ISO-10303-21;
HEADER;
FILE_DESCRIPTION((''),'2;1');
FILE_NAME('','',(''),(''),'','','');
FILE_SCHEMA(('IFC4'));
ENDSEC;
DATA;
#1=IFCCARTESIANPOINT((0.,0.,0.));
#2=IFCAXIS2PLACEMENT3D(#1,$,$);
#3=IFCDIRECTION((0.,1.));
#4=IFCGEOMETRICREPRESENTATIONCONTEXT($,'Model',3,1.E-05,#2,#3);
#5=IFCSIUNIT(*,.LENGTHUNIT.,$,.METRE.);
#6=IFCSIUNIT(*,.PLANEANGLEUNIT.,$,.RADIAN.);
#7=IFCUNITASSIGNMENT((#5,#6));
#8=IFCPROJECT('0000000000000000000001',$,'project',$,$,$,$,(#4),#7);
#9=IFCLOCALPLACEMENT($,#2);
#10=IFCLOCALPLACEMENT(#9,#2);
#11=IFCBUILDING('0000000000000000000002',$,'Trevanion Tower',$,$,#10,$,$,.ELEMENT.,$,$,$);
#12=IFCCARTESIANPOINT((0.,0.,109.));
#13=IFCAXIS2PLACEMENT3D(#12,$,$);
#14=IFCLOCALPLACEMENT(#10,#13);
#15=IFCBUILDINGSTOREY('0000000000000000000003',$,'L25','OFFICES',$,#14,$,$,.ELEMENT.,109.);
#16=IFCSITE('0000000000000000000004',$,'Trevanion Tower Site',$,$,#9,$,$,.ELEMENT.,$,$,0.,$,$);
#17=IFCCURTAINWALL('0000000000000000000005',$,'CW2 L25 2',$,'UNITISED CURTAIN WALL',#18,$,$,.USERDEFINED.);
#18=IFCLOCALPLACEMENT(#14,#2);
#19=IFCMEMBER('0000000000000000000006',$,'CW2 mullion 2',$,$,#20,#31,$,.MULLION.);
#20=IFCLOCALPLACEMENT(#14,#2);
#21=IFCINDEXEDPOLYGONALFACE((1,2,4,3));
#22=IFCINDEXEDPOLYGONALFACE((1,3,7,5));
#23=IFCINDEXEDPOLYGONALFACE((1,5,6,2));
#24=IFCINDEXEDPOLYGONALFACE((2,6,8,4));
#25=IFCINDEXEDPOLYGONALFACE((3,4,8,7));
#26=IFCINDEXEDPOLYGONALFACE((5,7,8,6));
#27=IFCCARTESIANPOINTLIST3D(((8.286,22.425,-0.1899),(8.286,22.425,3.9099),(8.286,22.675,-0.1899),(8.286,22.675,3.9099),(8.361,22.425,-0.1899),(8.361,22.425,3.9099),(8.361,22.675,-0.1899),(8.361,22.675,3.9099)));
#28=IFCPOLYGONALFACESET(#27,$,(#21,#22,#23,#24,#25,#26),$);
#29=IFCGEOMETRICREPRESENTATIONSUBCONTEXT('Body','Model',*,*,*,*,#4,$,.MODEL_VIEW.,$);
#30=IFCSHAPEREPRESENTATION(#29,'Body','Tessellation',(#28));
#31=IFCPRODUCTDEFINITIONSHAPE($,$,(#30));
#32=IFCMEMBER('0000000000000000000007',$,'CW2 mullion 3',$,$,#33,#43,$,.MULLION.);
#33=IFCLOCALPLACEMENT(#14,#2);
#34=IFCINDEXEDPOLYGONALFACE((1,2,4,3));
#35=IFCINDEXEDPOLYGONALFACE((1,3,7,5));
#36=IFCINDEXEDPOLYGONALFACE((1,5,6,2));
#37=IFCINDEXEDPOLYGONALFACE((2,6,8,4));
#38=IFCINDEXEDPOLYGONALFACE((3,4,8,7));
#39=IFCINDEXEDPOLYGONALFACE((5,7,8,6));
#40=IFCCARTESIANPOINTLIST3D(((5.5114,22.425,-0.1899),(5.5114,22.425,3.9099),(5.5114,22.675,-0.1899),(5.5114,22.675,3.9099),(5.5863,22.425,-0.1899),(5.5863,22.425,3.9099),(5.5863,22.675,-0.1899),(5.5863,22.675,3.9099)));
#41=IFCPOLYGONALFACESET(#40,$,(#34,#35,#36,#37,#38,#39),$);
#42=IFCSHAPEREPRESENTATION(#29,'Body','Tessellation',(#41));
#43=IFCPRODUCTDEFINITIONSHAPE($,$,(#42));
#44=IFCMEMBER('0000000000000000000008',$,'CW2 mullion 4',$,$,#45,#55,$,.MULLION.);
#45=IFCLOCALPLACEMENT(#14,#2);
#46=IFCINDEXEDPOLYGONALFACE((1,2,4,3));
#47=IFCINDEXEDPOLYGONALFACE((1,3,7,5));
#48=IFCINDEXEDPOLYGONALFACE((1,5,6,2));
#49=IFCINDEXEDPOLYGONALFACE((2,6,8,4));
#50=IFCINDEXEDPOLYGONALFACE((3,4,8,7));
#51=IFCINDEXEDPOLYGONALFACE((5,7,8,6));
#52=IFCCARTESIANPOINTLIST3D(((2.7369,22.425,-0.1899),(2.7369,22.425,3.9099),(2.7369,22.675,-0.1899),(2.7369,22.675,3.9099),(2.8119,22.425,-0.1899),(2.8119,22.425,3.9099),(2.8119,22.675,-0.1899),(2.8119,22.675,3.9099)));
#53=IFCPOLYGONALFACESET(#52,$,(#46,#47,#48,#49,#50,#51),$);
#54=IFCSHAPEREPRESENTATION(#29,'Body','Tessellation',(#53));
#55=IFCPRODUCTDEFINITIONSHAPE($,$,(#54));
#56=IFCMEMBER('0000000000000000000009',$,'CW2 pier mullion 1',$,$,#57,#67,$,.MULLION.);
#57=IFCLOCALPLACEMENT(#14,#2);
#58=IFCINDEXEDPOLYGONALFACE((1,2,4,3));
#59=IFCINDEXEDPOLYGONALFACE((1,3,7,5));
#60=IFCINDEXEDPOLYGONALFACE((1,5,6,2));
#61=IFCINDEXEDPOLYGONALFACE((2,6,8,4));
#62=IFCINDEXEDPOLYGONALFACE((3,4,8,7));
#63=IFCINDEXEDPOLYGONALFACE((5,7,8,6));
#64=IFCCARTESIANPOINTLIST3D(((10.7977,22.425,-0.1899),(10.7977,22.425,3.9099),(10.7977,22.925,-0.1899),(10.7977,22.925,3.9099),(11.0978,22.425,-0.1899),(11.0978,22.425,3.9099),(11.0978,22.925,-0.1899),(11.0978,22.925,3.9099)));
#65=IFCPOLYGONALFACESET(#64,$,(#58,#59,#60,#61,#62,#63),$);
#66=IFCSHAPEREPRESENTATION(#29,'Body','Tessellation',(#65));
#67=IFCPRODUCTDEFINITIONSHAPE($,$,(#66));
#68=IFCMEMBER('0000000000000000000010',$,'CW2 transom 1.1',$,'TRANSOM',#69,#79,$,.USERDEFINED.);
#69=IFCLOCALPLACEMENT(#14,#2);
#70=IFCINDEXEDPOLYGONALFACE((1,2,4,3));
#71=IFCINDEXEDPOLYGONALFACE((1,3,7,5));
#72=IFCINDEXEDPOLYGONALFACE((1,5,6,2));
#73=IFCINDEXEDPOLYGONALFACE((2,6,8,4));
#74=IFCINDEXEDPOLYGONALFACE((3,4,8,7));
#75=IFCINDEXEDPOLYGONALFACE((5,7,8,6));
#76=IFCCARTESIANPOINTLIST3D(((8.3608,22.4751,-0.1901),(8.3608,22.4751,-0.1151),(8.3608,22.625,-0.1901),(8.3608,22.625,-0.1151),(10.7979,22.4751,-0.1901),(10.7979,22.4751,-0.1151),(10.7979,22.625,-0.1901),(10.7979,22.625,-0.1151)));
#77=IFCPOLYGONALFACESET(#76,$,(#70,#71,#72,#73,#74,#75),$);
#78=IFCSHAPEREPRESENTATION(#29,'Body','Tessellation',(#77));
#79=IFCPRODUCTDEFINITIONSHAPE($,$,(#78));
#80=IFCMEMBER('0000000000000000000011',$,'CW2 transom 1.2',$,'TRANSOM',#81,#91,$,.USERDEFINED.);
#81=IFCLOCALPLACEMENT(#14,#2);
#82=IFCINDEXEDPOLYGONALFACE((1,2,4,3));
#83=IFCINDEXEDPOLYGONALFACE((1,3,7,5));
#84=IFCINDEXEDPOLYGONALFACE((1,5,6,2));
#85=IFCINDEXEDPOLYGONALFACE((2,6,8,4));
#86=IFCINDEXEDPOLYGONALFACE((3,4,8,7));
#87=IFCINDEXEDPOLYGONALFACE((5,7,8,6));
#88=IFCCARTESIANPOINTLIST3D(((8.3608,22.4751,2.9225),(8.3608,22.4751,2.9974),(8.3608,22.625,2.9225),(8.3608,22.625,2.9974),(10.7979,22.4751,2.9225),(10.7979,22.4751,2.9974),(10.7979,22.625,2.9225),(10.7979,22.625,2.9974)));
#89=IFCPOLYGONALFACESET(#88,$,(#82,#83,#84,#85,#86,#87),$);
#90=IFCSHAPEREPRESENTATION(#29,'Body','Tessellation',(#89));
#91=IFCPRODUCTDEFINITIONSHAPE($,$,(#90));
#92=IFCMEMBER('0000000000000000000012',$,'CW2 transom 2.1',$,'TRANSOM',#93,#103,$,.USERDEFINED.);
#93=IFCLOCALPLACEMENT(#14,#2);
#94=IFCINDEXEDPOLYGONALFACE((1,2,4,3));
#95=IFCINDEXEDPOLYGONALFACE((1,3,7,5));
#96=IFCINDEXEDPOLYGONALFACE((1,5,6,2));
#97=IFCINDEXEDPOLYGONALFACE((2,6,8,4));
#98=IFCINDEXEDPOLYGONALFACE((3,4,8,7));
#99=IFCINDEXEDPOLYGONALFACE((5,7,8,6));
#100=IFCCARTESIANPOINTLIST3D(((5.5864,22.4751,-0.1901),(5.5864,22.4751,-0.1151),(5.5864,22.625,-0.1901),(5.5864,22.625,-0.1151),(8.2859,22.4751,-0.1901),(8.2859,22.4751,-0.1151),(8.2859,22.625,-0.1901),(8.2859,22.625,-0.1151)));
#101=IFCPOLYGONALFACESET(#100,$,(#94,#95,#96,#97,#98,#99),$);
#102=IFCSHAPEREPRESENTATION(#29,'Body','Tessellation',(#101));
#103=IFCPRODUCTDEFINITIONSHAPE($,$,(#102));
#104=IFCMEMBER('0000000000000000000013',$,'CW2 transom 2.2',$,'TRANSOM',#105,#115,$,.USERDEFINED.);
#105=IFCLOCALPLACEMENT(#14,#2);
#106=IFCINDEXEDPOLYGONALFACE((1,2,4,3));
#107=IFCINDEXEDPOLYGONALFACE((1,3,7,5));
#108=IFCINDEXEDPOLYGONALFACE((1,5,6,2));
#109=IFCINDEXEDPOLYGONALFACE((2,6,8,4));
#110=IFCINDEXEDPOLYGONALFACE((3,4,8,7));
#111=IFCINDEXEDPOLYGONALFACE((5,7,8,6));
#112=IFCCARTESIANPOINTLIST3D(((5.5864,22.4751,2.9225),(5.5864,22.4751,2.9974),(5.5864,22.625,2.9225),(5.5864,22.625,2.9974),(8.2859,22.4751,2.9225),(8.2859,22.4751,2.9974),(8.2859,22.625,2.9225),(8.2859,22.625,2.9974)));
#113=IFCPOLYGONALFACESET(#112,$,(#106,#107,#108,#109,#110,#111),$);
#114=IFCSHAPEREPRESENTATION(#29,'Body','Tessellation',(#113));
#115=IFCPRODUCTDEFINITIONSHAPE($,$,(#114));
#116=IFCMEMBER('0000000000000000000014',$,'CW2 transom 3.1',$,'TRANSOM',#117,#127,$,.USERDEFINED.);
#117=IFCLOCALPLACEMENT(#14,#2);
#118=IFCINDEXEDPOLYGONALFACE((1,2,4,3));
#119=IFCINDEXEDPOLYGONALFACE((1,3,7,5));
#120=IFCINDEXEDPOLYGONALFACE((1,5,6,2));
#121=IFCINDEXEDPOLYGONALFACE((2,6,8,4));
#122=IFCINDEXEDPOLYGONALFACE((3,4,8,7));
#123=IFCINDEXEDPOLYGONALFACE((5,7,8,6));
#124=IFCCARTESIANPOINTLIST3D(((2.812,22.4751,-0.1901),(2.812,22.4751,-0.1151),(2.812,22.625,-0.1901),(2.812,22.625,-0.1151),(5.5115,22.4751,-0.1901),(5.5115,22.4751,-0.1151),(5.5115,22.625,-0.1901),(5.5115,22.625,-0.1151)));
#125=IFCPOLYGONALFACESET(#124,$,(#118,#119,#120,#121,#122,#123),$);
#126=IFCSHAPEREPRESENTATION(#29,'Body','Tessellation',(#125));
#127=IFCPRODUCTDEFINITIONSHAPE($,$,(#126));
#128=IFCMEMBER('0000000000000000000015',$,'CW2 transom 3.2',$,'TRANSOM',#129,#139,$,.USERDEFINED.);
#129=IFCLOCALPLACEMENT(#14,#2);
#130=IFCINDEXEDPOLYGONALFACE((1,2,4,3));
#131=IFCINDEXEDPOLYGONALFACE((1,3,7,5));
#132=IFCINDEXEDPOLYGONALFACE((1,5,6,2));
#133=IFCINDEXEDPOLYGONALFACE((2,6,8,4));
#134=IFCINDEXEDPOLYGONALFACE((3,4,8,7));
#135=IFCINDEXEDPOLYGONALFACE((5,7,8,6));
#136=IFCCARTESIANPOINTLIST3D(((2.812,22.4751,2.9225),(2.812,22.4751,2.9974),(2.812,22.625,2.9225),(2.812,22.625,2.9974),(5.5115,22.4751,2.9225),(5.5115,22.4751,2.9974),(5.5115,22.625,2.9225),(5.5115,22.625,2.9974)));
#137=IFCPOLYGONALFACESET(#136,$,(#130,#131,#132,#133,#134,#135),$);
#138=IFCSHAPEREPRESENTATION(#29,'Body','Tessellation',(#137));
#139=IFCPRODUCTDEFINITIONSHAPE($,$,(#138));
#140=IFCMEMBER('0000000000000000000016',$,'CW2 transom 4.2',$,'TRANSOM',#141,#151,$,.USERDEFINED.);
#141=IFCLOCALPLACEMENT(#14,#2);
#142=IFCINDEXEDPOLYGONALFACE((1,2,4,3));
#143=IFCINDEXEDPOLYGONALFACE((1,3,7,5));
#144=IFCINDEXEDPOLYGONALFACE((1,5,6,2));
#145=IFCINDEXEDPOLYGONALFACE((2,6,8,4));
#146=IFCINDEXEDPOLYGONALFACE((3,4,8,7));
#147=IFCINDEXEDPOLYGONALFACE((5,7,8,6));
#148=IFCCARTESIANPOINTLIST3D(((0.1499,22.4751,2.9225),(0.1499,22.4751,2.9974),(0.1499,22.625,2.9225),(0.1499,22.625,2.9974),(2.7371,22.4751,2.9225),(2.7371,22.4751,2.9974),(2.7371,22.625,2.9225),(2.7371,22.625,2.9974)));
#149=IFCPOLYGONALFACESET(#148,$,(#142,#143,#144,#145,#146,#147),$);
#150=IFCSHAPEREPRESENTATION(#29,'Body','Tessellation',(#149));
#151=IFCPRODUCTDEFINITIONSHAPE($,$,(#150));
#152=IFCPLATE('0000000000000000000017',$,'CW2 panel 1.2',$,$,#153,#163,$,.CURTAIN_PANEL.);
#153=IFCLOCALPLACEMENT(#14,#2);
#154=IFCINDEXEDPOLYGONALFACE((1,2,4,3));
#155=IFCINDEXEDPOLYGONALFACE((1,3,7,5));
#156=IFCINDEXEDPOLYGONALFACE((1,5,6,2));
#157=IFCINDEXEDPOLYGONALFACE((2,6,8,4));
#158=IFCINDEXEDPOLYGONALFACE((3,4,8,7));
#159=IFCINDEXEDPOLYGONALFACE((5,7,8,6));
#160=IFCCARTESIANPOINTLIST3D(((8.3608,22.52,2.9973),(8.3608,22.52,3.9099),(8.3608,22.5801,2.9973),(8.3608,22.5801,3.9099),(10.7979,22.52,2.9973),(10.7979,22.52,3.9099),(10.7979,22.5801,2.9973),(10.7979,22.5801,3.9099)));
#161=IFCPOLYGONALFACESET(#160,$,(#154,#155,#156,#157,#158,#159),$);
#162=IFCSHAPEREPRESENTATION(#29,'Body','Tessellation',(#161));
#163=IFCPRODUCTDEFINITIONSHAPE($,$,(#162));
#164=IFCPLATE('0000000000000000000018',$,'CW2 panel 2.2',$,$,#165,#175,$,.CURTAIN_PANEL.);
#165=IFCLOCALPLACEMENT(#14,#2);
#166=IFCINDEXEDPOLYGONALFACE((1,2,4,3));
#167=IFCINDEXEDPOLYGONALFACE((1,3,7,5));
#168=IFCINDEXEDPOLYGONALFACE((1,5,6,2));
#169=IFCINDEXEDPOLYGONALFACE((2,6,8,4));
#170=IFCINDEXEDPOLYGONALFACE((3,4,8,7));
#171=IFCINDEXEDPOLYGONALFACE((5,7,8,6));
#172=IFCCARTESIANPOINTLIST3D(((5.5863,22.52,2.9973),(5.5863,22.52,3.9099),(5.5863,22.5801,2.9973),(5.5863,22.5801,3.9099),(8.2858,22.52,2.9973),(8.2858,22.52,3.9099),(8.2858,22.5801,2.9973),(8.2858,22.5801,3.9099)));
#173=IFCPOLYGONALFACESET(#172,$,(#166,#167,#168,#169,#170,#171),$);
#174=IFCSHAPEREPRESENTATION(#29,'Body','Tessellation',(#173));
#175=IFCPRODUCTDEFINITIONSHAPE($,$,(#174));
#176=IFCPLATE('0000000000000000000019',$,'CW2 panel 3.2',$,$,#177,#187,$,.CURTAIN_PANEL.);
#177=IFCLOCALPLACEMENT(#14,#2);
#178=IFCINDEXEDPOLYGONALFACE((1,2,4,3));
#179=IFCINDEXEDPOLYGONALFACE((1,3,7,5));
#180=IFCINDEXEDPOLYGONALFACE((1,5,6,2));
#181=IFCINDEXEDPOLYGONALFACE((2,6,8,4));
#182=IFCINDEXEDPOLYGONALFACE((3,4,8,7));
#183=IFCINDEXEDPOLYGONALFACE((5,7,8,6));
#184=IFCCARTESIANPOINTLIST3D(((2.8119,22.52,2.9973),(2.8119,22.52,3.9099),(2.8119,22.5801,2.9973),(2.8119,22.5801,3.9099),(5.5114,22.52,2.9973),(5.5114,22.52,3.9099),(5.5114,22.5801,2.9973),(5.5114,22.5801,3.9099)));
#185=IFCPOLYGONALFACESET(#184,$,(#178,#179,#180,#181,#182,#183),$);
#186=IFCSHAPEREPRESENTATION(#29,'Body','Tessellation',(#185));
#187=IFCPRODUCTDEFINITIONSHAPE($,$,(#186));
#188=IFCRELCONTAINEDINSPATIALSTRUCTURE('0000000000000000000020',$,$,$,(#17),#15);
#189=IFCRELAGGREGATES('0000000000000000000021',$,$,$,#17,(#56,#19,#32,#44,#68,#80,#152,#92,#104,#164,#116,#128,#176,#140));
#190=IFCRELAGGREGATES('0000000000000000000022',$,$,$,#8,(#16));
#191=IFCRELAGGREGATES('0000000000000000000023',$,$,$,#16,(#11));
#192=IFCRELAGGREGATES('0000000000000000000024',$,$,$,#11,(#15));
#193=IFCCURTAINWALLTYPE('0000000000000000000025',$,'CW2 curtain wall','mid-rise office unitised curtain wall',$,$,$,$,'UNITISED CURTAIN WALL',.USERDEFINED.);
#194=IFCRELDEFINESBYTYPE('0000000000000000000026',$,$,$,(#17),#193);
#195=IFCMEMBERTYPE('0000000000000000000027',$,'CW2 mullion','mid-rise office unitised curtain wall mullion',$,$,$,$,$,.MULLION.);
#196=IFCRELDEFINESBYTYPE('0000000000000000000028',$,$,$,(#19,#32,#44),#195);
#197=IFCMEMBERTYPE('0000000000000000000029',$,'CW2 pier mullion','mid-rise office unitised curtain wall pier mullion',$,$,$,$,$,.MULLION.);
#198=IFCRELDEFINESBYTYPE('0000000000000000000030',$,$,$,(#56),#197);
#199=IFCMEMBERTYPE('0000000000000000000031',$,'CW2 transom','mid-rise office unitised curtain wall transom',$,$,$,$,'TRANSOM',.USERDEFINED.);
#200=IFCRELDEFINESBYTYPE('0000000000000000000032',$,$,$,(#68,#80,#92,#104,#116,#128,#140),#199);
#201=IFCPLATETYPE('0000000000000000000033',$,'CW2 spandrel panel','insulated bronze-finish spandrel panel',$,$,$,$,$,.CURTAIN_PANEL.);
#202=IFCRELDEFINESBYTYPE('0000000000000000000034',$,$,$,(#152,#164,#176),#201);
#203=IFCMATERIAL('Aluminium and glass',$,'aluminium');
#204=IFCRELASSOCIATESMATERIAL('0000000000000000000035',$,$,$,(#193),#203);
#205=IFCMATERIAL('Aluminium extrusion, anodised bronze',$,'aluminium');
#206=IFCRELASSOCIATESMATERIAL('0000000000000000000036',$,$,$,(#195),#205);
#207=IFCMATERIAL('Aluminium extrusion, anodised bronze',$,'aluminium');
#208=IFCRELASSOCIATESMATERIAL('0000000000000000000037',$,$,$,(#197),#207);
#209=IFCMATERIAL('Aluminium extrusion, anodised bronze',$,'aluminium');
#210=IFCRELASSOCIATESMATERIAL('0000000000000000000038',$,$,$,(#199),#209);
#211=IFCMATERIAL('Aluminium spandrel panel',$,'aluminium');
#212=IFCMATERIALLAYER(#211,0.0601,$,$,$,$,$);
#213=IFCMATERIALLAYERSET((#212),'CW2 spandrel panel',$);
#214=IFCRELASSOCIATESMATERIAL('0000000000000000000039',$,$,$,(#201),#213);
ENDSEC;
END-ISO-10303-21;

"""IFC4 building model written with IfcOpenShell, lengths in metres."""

from ifc_helpers import new_model, si_unit, direction, frame, origin, origin_2d, place, context, subcontext, project, spatial, rectangle, extrude, material, layer, layer_set, material_profile, profile_set, type_object, element, aggregate, save


model = new_model("IFC4")

# Units and contexts
model_context = context("Model", 3, precision=1e-05, world=origin(), true_north=direction((0.0, 1.0)))
body_context = subcontext(model_context, "Body", "Model", "MODEL_VIEW")
ifc_project = project(units=[si_unit("LENGTHUNIT", "METRE"), si_unit("PLANEANGLEUNIT", "RADIAN")], contexts=[model_context])

# Site, building, storey
site_placement = place(None, origin())
site = spatial("IfcSite", under=ifc_project, at=site_placement, Name="Trevanion Tower Site", CompositionType="ELEMENT", RefElevation=0.0)
building_placement = place(site_placement, origin())
building = spatial("IfcBuilding", under=site, at=building_placement, Name="Trevanion Tower", CompositionType="ELEMENT")
storey_placement = place(building_placement, frame((0.0, 0.0, 109.0)))
storey = spatial("IfcBuildingStorey", under=building, at=storey_placement, Name="L25", Description="OFFICES", CompositionType="ELEMENT", Elevation=109.0)

# Curtain wall, members, plates
ifc_material_1 = material(Name="Aluminium and glass", Category="aluminium")
curtain_wall_type = type_object("IfcCurtainWallType", Name="CW2 curtain wall", Description="mid-rise office unitised curtain wall", ElementType="UNITISED CURTAIN WALL", PredefinedType="USERDEFINED", material=ifc_material_1)
curtain_wall_placement = place(storey_placement, origin())
curtain_wall = element("IfcCurtainWall", 1, at=curtain_wall_placement, inside=storey, type_object=curtain_wall_type, Name="CW2 L25 2", ObjectType="UNITISED CURTAIN WALL", PredefinedType="USERDEFINED")
ifc_material_2 = material(Name="Aluminium extrusion, anodised bronze", Category="aluminium")
ifc_material_profile_1 = material_profile(ifc_material_2, rectangle(XDim=0.075, YDim=0.25, at=origin_2d()), Name="CW2 mullion")
ifc_profile_set_1 = profile_set([ifc_material_profile_1], Name="Aluminium extrusion, anodised bronze")
member_type_1 = type_object("IfcMemberType", Name="CW2 mullion", Description="mid-rise office unitised curtain wall mullion", PredefinedType="MULLION", material=ifc_profile_set_1)
member_1_placement = place(storey_placement, frame((8.3235, 22.55, -0.1899), z_axis=(0.0, 0.0, 1.0), x_axis=(-1.0, 0.0, 0.0)))
member_1 = element("IfcMember", 2, at=member_1_placement, type_object=member_type_1, Name="CW2 mullion 2", PredefinedType="MULLION", context=body_context, shape_type="SweptSolid", body=[
    extrude(rectangle(XDim=0.075, YDim=0.25, at=origin_2d()), origin(), (0.0, 0.0, 1.0), 4.0999),
])
member_2_placement = place(storey_placement, frame((5.5488, 22.55, -0.1899), z_axis=(0.0, 0.0, 1.0), x_axis=(-1.0, 0.0, 0.0)))
member_2 = element("IfcMember", 3, at=member_2_placement, type_object=member_type_1, Name="CW2 mullion 3", PredefinedType="MULLION", context=body_context, shape_type="SweptSolid", body=[
    extrude(rectangle(XDim=0.075, YDim=0.25, at=origin_2d()), origin(), (0.0, 0.0, 1.0), 4.0999),
])
member_3_placement = place(storey_placement, frame((2.7744, 22.55, -0.1899), z_axis=(0.0, 0.0, 1.0), x_axis=(-1.0, 0.0, 0.0)))
member_3 = element("IfcMember", 4, at=member_3_placement, type_object=member_type_1, Name="CW2 mullion 4", PredefinedType="MULLION", context=body_context, shape_type="SweptSolid", body=[
    extrude(rectangle(XDim=0.075, YDim=0.25, at=origin_2d()), origin(), (0.0, 0.0, 1.0), 4.0999),
])
ifc_material_3 = material(Name="Aluminium extrusion, anodised bronze", Category="aluminium")
ifc_material_profile_2 = material_profile(ifc_material_3, rectangle(XDim=0.3, YDim=0.5, at=origin_2d()), Name="CW2 pier mullion")
ifc_profile_set_2 = profile_set([ifc_material_profile_2], Name="Aluminium extrusion, anodised bronze")
member_type_2 = type_object("IfcMemberType", Name="CW2 pier mullion", Description="mid-rise office unitised curtain wall pier mullion", PredefinedType="MULLION", material=ifc_profile_set_2)
member_4_placement = place(storey_placement, frame((10.9478, 22.675, -0.1899), z_axis=(0.0, 0.0, 1.0), x_axis=(-1.0, 0.0, 0.0)))
member_4 = element("IfcMember", 5, at=member_4_placement, type_object=member_type_2, Name="CW2 pier mullion 1", PredefinedType="MULLION", context=body_context, shape_type="SweptSolid", body=[
    extrude(rectangle(XDim=0.3, YDim=0.5, at=origin_2d()), origin(), (0.0, 0.0, 1.0), 4.0999),
])
ifc_material_4 = material(Name="Aluminium extrusion, anodised bronze", Category="aluminium")
ifc_material_profile_3 = material_profile(ifc_material_4, rectangle(XDim=0.1499, YDim=0.075, at=origin_2d()), Name="CW2 transom")
ifc_profile_set_3 = profile_set([ifc_material_profile_3], Name="Aluminium extrusion, anodised bronze")
member_type_3 = type_object("IfcMemberType", Name="CW2 transom", Description="mid-rise office unitised curtain wall transom", ElementType="TRANSOM", PredefinedType="USERDEFINED", material=ifc_profile_set_3)
member_5_placement = place(storey_placement, frame((10.7979, 22.55, -0.1526), z_axis=(-1.0, 0.0, 0.0), x_axis=(0.0, -1.0, 0.0)))
member_5 = element("IfcMember", 6, at=member_5_placement, type_object=member_type_3, Name="CW2 transom 1.1", ObjectType="TRANSOM", PredefinedType="USERDEFINED", context=body_context, shape_type="SweptSolid", body=[
    extrude(rectangle(XDim=0.1499, YDim=0.075, at=origin_2d()), origin(), (0.0, 0.0, 1.0), 2.437),
])
member_6_placement = place(storey_placement, frame((10.7979, 22.55, 2.96), z_axis=(-1.0, 0.0, 0.0), x_axis=(0.0, -1.0, 0.0)))
member_6 = element("IfcMember", 7, at=member_6_placement, type_object=member_type_3, Name="CW2 transom 1.2", ObjectType="TRANSOM", PredefinedType="USERDEFINED", context=body_context, shape_type="SweptSolid", body=[
    extrude(rectangle(XDim=0.1499, YDim=0.075, at=origin_2d()), origin(), (0.0, 0.0, 1.0), 2.437),
])
member_7_placement = place(storey_placement, frame((8.2859, 22.55, -0.1526), z_axis=(-1.0, 0.0, 0.0), x_axis=(0.0, -1.0, 0.0)))
member_7 = element("IfcMember", 8, at=member_7_placement, type_object=member_type_3, Name="CW2 transom 2.1", ObjectType="TRANSOM", PredefinedType="USERDEFINED", context=body_context, shape_type="SweptSolid", body=[
    extrude(rectangle(XDim=0.1499, YDim=0.075, at=origin_2d()), origin(), (0.0, 0.0, 1.0), 2.6995),
])
member_8_placement = place(storey_placement, frame((8.2859, 22.55, 2.96), z_axis=(-1.0, 0.0, 0.0), x_axis=(0.0, -1.0, 0.0)))
member_8 = element("IfcMember", 9, at=member_8_placement, type_object=member_type_3, Name="CW2 transom 2.2", ObjectType="TRANSOM", PredefinedType="USERDEFINED", context=body_context, shape_type="SweptSolid", body=[
    extrude(rectangle(XDim=0.1499, YDim=0.075, at=origin_2d()), origin(), (0.0, 0.0, 1.0), 2.6995),
])
member_9_placement = place(storey_placement, frame((5.5115, 22.55, -0.1526), z_axis=(-1.0, 0.0, 0.0), x_axis=(0.0, -1.0, 0.0)))
member_9 = element("IfcMember", 10, at=member_9_placement, type_object=member_type_3, Name="CW2 transom 3.1", ObjectType="TRANSOM", PredefinedType="USERDEFINED", context=body_context, shape_type="SweptSolid", body=[
    extrude(rectangle(XDim=0.1499, YDim=0.075, at=origin_2d()), origin(), (0.0, 0.0, 1.0), 2.6995),
])
member_10_placement = place(storey_placement, frame((5.5115, 22.55, 2.96), z_axis=(-1.0, 0.0, 0.0), x_axis=(0.0, -1.0, 0.0)))
member_10 = element("IfcMember", 11, at=member_10_placement, type_object=member_type_3, Name="CW2 transom 3.2", ObjectType="TRANSOM", PredefinedType="USERDEFINED", context=body_context, shape_type="SweptSolid", body=[
    extrude(rectangle(XDim=0.1499, YDim=0.075, at=origin_2d()), origin(), (0.0, 0.0, 1.0), 2.6995),
])
member_11_placement = place(storey_placement, frame((2.7371, 22.55, 2.96), z_axis=(-1.0, 0.0, 0.0), x_axis=(0.0, -1.0, 0.0)))
member_11 = element("IfcMember", 12, at=member_11_placement, type_object=member_type_3, Name="CW2 transom 4.2", ObjectType="TRANSOM", PredefinedType="USERDEFINED", context=body_context, shape_type="SweptSolid", body=[
    extrude(rectangle(XDim=0.1499, YDim=0.075, at=origin_2d()), origin(), (0.0, 0.0, 1.0), 2.5872),
])
ifc_material_5 = material(Name="Aluminium spandrel panel", Category="aluminium")
ifc_layer_1 = layer(ifc_material_5, 0.0601)
ifc_layer_set_1 = layer_set([ifc_layer_1], Name="CW2 spandrel panel")
plate_type_1 = type_object("IfcPlateType", Name="CW2 spandrel panel", Description="insulated bronze-finish spandrel panel", PredefinedType="CURTAIN_PANEL", material=ifc_layer_set_1)
plate_1_placement = place(storey_placement, frame((9.5793, 22.55, 2.9973), z_axis=(0.0, 0.0, 1.0), x_axis=(-1.0, 0.0, 0.0)))
plate_1 = element("IfcPlate", 13, at=plate_1_placement, type_object=plate_type_1, Name="CW2 panel 1.2", PredefinedType="CURTAIN_PANEL", context=body_context, shape_type="SweptSolid", body=[
    extrude(rectangle(XDim=2.437, YDim=0.0601, at=origin_2d()), origin(), (0.0, 0.0, 1.0), 0.9126),
])
plate_2_placement = place(storey_placement, frame((6.936, 22.55, 2.9973), z_axis=(0.0, 0.0, 1.0), x_axis=(-1.0, 0.0, 0.0)))
plate_2 = element("IfcPlate", 14, at=plate_2_placement, type_object=plate_type_1, Name="CW2 panel 2.2", PredefinedType="CURTAIN_PANEL", context=body_context, shape_type="SweptSolid", body=[
    extrude(rectangle(XDim=2.6995, YDim=0.0601, at=origin_2d()), origin(), (0.0, 0.0, 1.0), 0.9126),
])
plate_3_placement = place(storey_placement, frame((4.1616, 22.55, 2.9973), z_axis=(0.0, 0.0, 1.0), x_axis=(-1.0, 0.0, 0.0)))
plate_3 = element("IfcPlate", 15, at=plate_3_placement, type_object=plate_type_1, Name="CW2 panel 3.2", PredefinedType="CURTAIN_PANEL", context=body_context, shape_type="SweptSolid", body=[
    extrude(rectangle(XDim=2.6995, YDim=0.0601, at=origin_2d()), origin(), (0.0, 0.0, 1.0), 0.9126),
])
aggregate(curtain_wall, [member_4, member_1, member_2, member_3, member_5, member_6, plate_1, member_7, member_8, plate_2, member_9, member_10, plate_3, member_11])

save(model, "model.ifc")
